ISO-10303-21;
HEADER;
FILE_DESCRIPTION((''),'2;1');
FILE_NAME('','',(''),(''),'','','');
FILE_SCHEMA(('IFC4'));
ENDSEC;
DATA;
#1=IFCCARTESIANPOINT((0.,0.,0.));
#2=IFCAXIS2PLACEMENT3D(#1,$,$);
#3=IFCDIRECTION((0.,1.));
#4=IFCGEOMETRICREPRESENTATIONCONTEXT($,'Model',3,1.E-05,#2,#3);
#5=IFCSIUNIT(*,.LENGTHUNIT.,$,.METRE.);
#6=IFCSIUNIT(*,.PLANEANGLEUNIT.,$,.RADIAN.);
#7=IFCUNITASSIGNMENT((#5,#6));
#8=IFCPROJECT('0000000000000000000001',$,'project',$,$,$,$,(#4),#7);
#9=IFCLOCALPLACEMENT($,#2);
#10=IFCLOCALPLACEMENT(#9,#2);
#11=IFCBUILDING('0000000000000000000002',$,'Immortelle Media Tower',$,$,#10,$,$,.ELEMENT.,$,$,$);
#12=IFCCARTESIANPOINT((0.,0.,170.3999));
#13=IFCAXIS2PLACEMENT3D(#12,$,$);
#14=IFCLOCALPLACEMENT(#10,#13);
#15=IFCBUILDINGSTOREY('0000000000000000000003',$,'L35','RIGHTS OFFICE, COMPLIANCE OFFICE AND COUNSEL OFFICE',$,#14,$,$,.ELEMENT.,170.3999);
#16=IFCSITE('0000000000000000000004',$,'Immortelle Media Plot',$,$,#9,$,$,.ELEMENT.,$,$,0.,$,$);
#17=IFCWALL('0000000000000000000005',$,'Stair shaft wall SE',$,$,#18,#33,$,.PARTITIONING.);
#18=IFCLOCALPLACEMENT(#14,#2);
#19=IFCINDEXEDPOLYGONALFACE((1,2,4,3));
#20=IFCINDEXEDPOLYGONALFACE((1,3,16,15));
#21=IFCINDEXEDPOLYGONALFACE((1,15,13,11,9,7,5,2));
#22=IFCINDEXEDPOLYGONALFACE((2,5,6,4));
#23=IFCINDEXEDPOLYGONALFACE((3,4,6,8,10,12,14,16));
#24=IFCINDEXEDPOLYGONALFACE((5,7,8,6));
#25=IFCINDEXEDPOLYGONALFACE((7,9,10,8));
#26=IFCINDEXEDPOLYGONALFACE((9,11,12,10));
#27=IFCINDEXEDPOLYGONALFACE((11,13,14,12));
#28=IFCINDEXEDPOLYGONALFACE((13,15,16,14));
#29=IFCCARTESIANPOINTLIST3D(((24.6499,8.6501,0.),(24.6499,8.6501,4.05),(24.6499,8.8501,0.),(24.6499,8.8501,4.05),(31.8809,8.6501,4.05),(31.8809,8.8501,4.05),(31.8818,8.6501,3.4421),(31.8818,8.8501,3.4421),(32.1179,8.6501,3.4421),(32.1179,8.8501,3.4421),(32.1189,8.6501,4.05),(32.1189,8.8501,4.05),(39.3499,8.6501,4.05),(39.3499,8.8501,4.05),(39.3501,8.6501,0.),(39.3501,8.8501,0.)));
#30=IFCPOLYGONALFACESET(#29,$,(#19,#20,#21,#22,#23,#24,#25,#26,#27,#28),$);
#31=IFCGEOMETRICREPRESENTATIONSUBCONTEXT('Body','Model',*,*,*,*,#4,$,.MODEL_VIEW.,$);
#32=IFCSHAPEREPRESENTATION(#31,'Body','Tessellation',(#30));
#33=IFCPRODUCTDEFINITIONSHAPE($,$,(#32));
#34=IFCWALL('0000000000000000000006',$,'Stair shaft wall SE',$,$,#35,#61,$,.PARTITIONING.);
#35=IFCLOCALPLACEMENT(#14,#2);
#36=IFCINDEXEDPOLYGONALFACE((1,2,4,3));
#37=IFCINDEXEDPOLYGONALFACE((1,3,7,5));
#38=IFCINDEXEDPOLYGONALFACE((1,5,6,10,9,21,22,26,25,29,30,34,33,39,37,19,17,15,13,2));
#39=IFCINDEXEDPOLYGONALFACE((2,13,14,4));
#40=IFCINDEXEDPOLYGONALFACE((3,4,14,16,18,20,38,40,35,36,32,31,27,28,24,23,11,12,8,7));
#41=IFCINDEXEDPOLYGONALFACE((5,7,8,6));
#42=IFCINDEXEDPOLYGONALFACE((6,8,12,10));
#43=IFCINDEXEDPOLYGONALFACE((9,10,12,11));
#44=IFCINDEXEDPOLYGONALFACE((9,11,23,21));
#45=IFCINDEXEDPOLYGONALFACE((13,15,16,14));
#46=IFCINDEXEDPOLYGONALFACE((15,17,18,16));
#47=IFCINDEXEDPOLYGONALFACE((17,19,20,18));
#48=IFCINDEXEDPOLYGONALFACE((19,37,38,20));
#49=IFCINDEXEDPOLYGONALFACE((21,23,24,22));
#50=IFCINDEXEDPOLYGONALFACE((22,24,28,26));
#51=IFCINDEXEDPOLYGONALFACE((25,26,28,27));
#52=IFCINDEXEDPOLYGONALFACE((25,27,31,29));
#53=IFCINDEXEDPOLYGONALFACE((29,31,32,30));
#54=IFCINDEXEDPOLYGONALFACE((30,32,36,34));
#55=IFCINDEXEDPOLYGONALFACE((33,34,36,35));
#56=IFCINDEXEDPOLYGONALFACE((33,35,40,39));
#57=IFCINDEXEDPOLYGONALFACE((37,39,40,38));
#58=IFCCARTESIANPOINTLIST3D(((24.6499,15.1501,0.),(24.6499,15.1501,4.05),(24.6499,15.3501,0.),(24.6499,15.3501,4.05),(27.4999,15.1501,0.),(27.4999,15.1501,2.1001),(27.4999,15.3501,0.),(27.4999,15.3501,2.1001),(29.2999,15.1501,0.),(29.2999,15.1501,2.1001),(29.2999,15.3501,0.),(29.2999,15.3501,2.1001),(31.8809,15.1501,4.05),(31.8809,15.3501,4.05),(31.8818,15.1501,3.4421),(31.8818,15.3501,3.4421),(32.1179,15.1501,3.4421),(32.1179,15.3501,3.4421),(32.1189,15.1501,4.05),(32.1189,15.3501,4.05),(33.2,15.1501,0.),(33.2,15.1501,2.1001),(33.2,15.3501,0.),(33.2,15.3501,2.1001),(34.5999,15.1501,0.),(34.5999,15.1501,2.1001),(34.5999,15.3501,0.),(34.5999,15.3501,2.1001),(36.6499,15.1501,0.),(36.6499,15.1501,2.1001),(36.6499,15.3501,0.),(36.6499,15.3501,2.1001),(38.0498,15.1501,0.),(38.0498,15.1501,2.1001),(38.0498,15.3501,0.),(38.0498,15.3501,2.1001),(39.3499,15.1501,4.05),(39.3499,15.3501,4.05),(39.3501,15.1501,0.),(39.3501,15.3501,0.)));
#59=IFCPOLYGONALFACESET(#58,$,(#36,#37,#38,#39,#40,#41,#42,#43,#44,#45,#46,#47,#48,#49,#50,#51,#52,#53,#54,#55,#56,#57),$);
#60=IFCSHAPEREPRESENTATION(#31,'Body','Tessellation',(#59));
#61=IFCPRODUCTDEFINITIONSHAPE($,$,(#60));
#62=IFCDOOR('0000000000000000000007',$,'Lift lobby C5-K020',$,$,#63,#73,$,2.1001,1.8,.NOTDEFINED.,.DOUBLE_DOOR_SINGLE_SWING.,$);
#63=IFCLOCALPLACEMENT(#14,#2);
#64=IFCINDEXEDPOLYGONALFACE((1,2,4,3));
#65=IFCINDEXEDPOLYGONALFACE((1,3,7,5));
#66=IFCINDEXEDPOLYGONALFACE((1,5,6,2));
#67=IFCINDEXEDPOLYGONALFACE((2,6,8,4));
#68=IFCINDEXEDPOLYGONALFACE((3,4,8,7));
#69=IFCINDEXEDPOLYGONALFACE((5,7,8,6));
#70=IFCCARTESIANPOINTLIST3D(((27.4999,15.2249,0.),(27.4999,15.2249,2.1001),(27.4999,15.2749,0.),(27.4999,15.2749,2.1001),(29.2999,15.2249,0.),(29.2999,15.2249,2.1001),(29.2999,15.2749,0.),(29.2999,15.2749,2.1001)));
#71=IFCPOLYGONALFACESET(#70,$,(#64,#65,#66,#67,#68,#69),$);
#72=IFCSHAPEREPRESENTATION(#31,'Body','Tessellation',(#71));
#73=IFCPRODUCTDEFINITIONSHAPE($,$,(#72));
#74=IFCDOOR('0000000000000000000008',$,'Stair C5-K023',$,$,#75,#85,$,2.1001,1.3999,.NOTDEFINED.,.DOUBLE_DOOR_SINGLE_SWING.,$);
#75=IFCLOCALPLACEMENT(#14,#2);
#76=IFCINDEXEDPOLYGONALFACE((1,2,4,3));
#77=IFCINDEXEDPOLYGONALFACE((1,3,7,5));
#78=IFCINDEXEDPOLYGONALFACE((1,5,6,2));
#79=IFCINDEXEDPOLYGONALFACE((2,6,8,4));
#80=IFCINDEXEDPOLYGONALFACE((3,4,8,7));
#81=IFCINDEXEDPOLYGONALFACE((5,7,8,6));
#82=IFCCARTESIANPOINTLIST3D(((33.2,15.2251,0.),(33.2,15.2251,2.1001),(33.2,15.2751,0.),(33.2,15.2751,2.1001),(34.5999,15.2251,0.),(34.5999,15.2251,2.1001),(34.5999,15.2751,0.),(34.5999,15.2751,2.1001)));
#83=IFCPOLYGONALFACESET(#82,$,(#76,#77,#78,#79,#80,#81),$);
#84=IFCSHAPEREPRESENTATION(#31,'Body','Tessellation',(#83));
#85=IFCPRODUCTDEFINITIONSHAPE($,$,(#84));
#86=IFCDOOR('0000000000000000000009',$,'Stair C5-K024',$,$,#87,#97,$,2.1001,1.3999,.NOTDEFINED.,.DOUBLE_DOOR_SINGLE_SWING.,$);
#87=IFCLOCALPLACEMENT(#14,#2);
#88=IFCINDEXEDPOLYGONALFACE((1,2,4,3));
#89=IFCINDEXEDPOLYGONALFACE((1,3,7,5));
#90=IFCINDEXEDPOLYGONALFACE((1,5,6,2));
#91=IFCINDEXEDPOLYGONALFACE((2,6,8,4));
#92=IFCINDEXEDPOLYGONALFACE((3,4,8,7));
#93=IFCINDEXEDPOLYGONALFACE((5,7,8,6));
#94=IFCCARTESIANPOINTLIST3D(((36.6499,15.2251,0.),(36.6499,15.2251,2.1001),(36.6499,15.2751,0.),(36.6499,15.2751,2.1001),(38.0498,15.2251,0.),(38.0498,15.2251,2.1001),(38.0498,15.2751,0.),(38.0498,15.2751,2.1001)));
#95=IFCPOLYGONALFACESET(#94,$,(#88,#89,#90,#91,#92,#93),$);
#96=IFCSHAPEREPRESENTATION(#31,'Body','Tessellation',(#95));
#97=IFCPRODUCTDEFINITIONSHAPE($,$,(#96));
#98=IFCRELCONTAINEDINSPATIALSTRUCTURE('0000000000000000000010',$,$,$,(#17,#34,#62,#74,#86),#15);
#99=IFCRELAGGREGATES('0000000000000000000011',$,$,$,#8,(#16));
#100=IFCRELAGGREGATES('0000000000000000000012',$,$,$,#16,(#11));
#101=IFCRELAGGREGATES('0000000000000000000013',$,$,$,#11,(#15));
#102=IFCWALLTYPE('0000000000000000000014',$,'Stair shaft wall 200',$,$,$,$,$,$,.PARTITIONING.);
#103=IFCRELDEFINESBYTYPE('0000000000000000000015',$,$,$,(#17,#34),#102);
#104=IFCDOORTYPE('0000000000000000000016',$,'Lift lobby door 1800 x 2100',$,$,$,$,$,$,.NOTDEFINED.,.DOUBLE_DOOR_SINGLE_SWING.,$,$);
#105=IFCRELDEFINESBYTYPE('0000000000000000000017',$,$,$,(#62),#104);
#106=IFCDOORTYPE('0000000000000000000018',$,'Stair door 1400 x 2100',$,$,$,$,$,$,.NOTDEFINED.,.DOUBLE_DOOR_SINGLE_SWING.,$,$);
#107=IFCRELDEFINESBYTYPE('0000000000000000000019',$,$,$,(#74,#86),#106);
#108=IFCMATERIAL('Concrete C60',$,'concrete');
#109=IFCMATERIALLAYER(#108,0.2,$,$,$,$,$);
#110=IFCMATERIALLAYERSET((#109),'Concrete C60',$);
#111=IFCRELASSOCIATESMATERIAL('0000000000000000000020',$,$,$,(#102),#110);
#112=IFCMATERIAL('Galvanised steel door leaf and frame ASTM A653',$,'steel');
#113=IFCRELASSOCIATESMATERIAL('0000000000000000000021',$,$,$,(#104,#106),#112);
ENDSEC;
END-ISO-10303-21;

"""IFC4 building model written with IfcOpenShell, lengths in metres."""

from ifc_helpers import new_model, si_unit, direction, frame, frame_2d, origin, place, context, subcontext, project, spatial, polyline, rectangle, outline, extrude, material, layer, layer_set, type_object, element, fill, save


model = new_model("IFC4")

# Units and contexts
model_context = context("Model", 3, precision=1e-05, world=origin(), true_north=direction((0.0, 1.0)))
body_context = subcontext(model_context, "Body", "Model", "MODEL_VIEW")
ifc_project = project(units=[si_unit("LENGTHUNIT", "METRE"), si_unit("PLANEANGLEUNIT", "RADIAN")], contexts=[model_context])

# Site, building, storey
site_placement = place(None, origin())
site = spatial("IfcSite", under=ifc_project, at=site_placement, Name="Immortelle Media Plot", CompositionType="ELEMENT", RefElevation=0.0)
building_placement = place(site_placement, origin())
building = spatial("IfcBuilding", under=site, at=building_placement, Name="Immortelle Media Tower", CompositionType="ELEMENT")
storey_placement = place(building_placement, frame((0.0, 0.0, 170.3999)))
storey = spatial("IfcBuildingStorey", under=building, at=storey_placement, Name="L35", Description="RIGHTS OFFICE, COMPLIANCE OFFICE AND COUNSEL OFFICE", CompositionType="ELEMENT", Elevation=170.3999)

# Shared definitions
ifc_material_1 = material(Name="Galvanised steel door leaf and frame ASTM A653", Category="steel")

# Wall
ifc_material_2 = material(Name="Concrete C60", Category="concrete")
ifc_layer_1 = layer(ifc_material_2, 0.2)
ifc_layer_set_1 = layer_set([ifc_layer_1], Name="Concrete C60")
wall_type_1 = type_object("IfcWallType", Name="Stair shaft wall 200", PredefinedType="PARTITIONING", material=ifc_layer_set_1)
wall_1_placement = place(storey_placement, frame((24.6499, 8.75, 0.0), z_axis=(0.0, 0.0, 1.0), x_axis=(1.0, 0.0, 0.0)))
element("IfcWall", 1, at=wall_1_placement, inside=storey, type_object=wall_type_1, Name="Stair shaft wall SE", PredefinedType="PARTITIONING", context=body_context, shape_type="SweptSolid", body=[
    extrude(outline(polyline([(0.0, 0.0), (14.7002, 0.0), (14.7, 4.05), (7.469, 4.05), (7.468, 3.4421), (7.2319, 3.4421), (7.231, 4.05), (0.0, 4.05), (0.0, 0.0)])), frame((0.0, 0.1001, 0.0), z_axis=(0.0, -1.0, 0.0), x_axis=(1.0, 0.0, 0.0)), (0.0, 0.0, 1.0), 0.2),
])

# Wall, openings, doors
wall_2_placement = place(storey_placement, frame((24.6499, 15.25, 0.0), z_axis=(0.0, 0.0, 1.0), x_axis=(1.0, 0.0, 0.0)))
wall_2 = element("IfcWall", 2, at=wall_2_placement, inside=storey, type_object=wall_type_1, Name="Stair shaft wall SE", PredefinedType="PARTITIONING", context=body_context, shape_type="SweptSolid", body=[
    extrude(outline(polyline([(0.0, 0.0), (14.7002, 0.0), (14.7, 4.05), (7.469, 4.05), (7.468, 3.4421), (7.2319, 3.4421), (7.231, 4.05), (0.0, 4.05), (0.0, 0.0)])), frame((0.0, 0.1001, 0.0), z_axis=(0.0, -1.0, 0.0), x_axis=(1.0, 0.0, 0.0)), (0.0, 0.0, 1.0), 0.2),
])
opening_1_placement = place(wall_2_placement, frame((2.8501, 0.0, 0.0)))
opening_1 = element("IfcOpeningElement", 3, at=opening_1_placement, cuts=wall_2, PredefinedType="OPENING", context=body_context, shape_type="SweptSolid", body=[
    extrude(rectangle(XDim=1.8, YDim=2.1001, at=frame_2d((0.8999, 1.05))), frame((0.0, 0.1099, 0.0), z_axis=(0.0, -1.0, 0.0), x_axis=(1.0, 0.0, 0.0)), (0.0, 0.0, 1.0), 0.22),
])
opening_2_placement = place(wall_2_placement, frame((9.95, 0.0, 0.0), z_axis=(0.0, 0.0, 1.0), x_axis=(-1.0, 0.0, 0.0)))
opening_2 = element("IfcOpeningElement", 4, at=opening_2_placement, cuts=wall_2, PredefinedType="OPENING", context=body_context, shape_type="SweptSolid", body=[
    extrude(rectangle(XDim=1.3999, YDim=2.1001, at=frame_2d((0.7, 1.05))), frame((0.0, 0.1099, 0.0), z_axis=(0.0, -1.0, 0.0), x_axis=(1.0, 0.0, 0.0)), (0.0, 0.0, 1.0), 0.22),
])
opening_3_placement = place(wall_2_placement, frame((13.3999, 0.0, 0.0), z_axis=(0.0, 0.0, 1.0), x_axis=(-1.0, 0.0, 0.0)))
opening_3 = element("IfcOpeningElement", 5, at=opening_3_placement, cuts=wall_2, PredefinedType="OPENING", context=body_context, shape_type="SweptSolid", body=[
    extrude(rectangle(XDim=1.3999, YDim=2.1001, at=frame_2d((0.7, 1.05))), frame((0.0, 0.1099, 0.0), z_axis=(0.0, -1.0, 0.0), x_axis=(1.0, 0.0, 0.0)), (0.0, 0.0, 1.0), 0.22),
])
door_type_1 = type_object("IfcDoorType", Name="Lift lobby door 1800 x 2100", OperationType="DOUBLE_DOOR_SINGLE_SWING", PredefinedType="NOTDEFINED", material=ifc_material_1)
door_1_placement = place(opening_1_placement, origin())
door_1 = element("IfcDoor", 6, at=door_1_placement, inside=storey, type_object=door_type_1, Name="Lift lobby C5-K020", OperationType="DOUBLE_DOOR_SINGLE_SWING", OverallHeight=2.1001, OverallWidth=1.8, PredefinedType="NOTDEFINED", context=body_context, shape_type="SweptSolid", body=[
    extrude(rectangle(XDim=1.8, YDim=2.1001, at=frame_2d((0.8999, 1.05))), frame((0.0, 0.0249, 0.0), z_axis=(0.0, -1.0, 0.0), x_axis=(1.0, 0.0, 0.0)), (0.0, 0.0, 1.0), 0.05),
])
fill(opening_1, door_1)
door_type_2 = type_object("IfcDoorType", Name="Stair door 1400 x 2100", OperationType="DOUBLE_DOOR_SINGLE_SWING", PredefinedType="NOTDEFINED", material=ifc_material_1)
door_2_placement = place(opening_2_placement, origin())
door_2 = element("IfcDoor", 7, at=door_2_placement, inside=storey, type_object=door_type_2, Name="Stair C5-K023", OperationType="DOUBLE_DOOR_SINGLE_SWING", OverallHeight=2.1001, OverallWidth=1.3999, PredefinedType="NOTDEFINED", context=body_context, shape_type="SweptSolid", body=[
    extrude(rectangle(XDim=1.3999, YDim=2.1001, at=frame_2d((0.7, 1.05))), frame((0.0, 0.0249, 0.0), z_axis=(0.0, -1.0, 0.0), x_axis=(1.0, 0.0, 0.0)), (0.0, 0.0, 1.0), 0.05),
])
fill(opening_2, door_2)
door_3_placement = place(opening_3_placement, origin())
door_3 = element("IfcDoor", 8, at=door_3_placement, inside=storey, type_object=door_type_2, Name="Stair C5-K024", OperationType="DOUBLE_DOOR_SINGLE_SWING", OverallHeight=2.1001, OverallWidth=1.3999, PredefinedType="NOTDEFINED", context=body_context, shape_type="SweptSolid", body=[
    extrude(rectangle(XDim=1.3999, YDim=2.1001, at=frame_2d((0.7, 1.05))), frame((0.0, 0.0249, 0.0), z_axis=(0.0, -1.0, 0.0), x_axis=(1.0, 0.0, 0.0)), (0.0, 0.0, 1.0), 0.05),
])
fill(opening_3, door_3)

save(model, "model.ifc")
